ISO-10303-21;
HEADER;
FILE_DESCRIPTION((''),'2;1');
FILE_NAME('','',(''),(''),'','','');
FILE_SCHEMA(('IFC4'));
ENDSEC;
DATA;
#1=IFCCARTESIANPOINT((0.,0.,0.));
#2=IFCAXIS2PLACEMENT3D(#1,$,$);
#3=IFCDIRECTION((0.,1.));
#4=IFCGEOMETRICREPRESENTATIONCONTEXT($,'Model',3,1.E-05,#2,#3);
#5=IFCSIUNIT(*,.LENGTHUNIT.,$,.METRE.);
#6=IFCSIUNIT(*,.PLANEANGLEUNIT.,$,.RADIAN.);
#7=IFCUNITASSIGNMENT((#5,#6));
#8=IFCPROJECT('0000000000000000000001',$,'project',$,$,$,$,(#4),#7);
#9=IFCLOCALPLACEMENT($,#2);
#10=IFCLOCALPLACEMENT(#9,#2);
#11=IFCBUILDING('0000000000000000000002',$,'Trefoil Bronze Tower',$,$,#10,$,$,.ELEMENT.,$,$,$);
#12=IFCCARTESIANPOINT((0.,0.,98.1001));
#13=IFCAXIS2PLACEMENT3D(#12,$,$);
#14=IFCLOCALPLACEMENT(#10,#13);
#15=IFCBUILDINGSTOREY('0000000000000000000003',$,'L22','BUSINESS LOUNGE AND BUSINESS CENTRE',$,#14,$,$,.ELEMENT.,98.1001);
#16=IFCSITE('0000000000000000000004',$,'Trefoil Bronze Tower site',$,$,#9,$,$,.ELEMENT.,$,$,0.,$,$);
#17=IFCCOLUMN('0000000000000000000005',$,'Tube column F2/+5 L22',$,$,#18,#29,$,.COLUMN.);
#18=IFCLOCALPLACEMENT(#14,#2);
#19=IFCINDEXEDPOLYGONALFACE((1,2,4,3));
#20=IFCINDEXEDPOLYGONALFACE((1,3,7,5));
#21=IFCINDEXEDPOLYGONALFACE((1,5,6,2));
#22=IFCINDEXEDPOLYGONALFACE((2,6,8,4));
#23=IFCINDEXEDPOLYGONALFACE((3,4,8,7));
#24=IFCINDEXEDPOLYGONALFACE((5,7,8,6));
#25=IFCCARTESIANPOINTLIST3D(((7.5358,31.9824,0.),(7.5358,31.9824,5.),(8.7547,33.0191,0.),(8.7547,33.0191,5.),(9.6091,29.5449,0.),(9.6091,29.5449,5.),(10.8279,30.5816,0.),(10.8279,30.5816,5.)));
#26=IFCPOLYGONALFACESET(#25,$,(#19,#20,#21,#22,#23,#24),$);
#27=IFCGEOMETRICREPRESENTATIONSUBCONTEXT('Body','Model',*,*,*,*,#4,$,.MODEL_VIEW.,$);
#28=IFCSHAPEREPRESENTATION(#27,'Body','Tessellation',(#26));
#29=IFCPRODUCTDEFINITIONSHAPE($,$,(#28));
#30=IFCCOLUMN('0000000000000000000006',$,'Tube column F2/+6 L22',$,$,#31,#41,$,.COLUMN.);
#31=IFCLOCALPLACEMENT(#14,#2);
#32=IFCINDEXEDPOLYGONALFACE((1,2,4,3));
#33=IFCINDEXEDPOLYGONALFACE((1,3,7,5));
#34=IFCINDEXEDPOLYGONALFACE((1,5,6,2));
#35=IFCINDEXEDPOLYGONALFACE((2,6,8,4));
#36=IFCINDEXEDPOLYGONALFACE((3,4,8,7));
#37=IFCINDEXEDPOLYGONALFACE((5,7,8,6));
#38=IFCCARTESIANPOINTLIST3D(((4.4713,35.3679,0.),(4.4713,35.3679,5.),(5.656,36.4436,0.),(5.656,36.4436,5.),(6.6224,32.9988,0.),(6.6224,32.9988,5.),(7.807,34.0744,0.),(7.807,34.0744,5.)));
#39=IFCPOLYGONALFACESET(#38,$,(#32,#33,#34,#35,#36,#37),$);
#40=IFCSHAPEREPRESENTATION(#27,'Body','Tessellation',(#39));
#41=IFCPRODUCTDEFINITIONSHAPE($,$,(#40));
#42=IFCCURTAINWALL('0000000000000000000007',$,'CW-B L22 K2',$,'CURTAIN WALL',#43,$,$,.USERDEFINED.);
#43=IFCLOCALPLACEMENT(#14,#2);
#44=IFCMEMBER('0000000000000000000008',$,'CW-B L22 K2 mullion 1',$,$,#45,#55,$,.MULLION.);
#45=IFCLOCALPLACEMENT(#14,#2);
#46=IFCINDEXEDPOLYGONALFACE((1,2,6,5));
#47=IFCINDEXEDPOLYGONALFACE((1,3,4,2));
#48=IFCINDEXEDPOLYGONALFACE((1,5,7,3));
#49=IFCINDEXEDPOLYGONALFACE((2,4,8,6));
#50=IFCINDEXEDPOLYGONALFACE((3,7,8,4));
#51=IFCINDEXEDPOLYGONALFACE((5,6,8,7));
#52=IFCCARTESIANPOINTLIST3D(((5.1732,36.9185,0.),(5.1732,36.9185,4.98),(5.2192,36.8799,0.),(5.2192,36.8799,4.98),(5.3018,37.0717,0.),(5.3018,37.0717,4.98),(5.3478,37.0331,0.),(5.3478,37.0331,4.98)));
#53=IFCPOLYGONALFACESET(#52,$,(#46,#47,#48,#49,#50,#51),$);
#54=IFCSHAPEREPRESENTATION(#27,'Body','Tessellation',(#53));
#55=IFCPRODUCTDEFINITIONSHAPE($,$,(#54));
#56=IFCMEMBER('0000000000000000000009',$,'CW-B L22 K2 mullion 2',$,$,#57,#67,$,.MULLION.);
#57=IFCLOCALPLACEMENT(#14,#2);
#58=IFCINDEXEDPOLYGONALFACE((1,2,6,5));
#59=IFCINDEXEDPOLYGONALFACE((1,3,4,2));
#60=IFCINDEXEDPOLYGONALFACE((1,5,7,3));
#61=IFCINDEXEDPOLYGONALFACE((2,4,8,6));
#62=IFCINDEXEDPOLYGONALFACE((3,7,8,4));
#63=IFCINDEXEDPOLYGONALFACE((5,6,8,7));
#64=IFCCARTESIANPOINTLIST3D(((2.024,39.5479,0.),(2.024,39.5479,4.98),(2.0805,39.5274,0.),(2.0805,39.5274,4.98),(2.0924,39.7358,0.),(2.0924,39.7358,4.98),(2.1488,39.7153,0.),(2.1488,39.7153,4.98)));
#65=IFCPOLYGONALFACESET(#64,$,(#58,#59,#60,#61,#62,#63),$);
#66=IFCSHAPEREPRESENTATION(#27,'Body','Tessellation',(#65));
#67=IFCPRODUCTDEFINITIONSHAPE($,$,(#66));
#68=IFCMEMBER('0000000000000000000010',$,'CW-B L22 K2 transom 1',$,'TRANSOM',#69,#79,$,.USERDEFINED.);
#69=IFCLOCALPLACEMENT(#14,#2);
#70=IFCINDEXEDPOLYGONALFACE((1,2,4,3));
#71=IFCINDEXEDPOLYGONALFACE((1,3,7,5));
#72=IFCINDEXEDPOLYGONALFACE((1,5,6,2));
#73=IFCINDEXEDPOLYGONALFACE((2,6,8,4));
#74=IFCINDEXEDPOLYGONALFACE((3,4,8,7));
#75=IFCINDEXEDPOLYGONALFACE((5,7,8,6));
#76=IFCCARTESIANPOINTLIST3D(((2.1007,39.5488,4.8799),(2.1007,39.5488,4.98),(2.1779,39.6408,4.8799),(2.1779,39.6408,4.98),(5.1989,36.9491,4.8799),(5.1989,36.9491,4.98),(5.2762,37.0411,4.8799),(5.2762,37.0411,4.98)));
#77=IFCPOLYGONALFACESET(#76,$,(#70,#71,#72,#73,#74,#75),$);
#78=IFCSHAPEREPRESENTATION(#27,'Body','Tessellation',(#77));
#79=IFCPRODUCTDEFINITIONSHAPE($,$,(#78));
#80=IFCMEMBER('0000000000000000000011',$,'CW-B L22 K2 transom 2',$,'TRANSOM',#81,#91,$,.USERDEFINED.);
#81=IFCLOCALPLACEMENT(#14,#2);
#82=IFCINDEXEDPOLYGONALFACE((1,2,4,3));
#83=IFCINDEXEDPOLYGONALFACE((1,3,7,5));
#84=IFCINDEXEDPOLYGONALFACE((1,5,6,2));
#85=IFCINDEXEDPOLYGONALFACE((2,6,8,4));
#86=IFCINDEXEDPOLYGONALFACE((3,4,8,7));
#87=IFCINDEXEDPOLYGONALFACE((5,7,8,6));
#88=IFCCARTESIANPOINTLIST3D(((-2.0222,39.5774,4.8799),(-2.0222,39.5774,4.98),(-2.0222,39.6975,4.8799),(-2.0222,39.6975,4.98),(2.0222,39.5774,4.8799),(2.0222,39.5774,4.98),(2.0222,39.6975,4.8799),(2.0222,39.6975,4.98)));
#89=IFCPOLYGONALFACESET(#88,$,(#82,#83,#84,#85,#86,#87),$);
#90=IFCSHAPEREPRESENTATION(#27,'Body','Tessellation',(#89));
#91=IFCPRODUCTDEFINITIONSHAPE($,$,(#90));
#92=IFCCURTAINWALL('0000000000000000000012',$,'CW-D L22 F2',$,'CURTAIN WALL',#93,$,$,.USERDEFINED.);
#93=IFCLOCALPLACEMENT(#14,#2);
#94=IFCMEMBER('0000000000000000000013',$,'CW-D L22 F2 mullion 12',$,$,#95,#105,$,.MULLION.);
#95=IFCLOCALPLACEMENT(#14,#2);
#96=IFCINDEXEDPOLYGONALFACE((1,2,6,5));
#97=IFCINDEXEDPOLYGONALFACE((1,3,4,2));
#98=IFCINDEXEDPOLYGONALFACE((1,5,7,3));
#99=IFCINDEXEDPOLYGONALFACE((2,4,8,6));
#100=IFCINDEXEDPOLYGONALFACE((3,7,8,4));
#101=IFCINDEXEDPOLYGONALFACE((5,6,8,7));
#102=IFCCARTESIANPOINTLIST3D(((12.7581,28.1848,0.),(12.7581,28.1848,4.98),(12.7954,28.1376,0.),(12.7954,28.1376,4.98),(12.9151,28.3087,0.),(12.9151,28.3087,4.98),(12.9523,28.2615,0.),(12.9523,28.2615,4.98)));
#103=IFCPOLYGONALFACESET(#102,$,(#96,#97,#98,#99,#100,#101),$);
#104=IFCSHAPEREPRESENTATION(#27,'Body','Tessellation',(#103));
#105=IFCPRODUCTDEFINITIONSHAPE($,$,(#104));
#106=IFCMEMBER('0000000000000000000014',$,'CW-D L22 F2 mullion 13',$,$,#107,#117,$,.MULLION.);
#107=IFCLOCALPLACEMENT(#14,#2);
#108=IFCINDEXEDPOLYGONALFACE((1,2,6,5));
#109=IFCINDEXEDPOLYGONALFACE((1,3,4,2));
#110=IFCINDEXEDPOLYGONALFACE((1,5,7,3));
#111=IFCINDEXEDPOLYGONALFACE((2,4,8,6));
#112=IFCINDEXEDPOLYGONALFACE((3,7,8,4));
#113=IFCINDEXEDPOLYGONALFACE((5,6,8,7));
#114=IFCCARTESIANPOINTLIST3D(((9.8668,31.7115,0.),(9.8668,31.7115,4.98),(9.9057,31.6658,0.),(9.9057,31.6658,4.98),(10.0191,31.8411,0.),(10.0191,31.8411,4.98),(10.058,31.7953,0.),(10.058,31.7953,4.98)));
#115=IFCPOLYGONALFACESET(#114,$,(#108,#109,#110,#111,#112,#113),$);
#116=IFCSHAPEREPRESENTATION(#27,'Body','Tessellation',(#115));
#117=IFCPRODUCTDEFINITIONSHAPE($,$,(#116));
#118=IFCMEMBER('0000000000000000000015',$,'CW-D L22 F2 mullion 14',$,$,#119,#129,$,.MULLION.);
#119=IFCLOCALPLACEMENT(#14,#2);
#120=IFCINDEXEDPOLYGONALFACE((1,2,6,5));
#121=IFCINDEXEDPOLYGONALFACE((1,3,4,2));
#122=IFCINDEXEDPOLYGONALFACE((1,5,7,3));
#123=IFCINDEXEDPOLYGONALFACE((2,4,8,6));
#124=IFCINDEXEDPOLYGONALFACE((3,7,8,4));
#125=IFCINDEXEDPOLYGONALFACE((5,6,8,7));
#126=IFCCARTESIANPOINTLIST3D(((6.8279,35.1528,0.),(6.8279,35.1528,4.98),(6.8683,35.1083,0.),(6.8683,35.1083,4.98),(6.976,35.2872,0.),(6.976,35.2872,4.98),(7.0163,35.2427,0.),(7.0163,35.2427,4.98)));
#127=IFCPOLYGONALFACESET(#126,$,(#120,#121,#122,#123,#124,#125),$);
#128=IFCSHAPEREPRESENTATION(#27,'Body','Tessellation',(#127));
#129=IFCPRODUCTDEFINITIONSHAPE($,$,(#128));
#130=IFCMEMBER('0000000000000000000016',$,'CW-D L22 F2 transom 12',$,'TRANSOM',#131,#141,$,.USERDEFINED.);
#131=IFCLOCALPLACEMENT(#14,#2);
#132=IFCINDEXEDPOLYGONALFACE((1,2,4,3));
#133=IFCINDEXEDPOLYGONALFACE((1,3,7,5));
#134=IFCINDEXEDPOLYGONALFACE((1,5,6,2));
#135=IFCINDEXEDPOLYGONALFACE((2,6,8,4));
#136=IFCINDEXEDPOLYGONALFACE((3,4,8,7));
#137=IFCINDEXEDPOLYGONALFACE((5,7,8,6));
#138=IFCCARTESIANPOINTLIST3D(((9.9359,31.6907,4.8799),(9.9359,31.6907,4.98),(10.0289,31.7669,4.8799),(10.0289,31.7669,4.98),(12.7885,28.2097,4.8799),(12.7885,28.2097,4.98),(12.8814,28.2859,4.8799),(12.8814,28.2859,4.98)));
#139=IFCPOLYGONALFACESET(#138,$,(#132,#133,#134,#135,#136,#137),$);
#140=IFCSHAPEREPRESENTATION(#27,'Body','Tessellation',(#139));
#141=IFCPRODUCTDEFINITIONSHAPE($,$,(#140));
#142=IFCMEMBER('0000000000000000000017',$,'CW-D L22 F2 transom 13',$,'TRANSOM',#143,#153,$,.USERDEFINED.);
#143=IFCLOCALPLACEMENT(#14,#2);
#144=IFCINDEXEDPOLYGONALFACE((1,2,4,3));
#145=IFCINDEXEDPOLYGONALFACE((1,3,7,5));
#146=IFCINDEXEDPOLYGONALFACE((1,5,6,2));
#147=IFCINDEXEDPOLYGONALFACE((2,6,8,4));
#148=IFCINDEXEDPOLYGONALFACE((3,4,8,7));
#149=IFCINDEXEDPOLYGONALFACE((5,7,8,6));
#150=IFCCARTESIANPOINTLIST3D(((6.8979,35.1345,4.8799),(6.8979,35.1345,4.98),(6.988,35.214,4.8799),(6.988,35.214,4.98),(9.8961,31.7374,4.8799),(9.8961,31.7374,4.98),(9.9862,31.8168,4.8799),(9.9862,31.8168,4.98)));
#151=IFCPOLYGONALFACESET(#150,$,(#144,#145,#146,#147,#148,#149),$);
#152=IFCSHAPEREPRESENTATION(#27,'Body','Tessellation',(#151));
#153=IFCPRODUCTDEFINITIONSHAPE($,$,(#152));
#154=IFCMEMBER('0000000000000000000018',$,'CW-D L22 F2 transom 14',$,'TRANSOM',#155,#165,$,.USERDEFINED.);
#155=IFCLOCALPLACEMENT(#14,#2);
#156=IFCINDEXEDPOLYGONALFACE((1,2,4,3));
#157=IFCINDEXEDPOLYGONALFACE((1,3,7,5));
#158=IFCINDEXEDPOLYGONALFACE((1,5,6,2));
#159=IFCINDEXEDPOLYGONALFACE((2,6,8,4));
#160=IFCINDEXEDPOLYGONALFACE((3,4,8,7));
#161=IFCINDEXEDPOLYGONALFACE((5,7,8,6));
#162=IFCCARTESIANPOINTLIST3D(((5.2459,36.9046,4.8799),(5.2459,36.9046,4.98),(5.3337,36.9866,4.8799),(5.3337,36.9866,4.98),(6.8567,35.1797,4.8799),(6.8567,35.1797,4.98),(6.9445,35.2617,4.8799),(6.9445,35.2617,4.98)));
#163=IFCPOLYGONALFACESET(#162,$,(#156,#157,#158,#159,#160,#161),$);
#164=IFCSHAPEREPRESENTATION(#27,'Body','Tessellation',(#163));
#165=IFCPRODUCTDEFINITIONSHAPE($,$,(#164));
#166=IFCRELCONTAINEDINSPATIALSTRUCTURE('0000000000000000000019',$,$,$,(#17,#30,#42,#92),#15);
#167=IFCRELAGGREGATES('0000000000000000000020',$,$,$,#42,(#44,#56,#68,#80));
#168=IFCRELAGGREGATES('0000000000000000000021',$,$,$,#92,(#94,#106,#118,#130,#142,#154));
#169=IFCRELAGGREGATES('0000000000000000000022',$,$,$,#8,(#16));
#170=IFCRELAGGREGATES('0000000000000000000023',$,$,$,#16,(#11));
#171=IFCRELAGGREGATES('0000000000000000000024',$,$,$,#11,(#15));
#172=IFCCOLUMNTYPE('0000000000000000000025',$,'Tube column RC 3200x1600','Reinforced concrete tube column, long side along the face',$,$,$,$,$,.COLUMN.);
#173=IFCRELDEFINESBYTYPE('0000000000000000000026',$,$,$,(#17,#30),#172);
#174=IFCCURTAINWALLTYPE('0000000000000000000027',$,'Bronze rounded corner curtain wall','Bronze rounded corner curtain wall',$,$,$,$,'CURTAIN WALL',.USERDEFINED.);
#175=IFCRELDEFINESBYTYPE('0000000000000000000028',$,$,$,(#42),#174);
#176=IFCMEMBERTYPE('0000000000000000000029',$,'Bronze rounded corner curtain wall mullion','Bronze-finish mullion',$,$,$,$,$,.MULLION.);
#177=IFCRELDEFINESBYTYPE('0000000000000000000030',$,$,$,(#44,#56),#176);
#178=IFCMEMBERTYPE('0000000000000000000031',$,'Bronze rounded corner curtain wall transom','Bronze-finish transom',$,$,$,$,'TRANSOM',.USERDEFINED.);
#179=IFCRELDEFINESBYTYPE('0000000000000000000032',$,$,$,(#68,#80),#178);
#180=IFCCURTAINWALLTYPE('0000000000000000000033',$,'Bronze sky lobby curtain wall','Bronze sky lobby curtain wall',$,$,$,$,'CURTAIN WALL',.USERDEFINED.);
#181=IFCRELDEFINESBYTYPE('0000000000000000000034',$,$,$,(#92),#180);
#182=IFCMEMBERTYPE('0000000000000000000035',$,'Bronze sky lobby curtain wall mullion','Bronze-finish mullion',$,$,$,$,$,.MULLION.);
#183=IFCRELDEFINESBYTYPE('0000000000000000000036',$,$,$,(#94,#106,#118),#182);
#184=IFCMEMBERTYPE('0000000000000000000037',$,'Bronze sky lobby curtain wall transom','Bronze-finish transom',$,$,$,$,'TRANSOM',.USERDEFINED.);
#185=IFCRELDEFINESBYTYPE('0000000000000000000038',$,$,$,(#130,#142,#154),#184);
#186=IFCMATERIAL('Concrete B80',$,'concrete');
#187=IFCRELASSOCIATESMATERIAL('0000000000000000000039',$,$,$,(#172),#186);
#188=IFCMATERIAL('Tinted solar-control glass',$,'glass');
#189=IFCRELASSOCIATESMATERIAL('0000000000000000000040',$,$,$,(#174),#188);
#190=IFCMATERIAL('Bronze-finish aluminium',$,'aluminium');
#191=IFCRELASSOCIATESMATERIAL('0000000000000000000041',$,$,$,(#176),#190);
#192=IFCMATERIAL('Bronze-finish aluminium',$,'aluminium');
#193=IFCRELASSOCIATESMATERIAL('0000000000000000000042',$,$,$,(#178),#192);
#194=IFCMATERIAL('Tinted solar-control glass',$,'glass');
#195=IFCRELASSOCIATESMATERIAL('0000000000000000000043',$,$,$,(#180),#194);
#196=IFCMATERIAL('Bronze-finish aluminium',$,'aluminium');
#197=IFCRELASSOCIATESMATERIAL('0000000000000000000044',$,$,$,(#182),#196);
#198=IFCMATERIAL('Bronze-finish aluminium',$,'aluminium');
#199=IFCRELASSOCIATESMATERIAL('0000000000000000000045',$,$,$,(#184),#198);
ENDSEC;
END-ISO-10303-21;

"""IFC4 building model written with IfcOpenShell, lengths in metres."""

from ifc_helpers import new_model, si_unit, direction, frame, origin, origin_2d, place, context, subcontext, project, spatial, rectangle, extrude, material, material_profile, profile_set, type_object, element, aggregate, save


model = new_model("IFC4")

# Units and contexts
model_context = context("Model", 3, precision=1e-05, world=origin(), true_north=direction((0.0, 1.0)))
body_context = subcontext(model_context, "Body", "Model", "MODEL_VIEW")
ifc_project = project(units=[si_unit("LENGTHUNIT", "METRE"), si_unit("PLANEANGLEUNIT", "RADIAN")], contexts=[model_context])

# Site, building, storey
site_placement = place(None, origin())
site = spatial("IfcSite", under=ifc_project, at=site_placement, Name="Trefoil Bronze Tower site", CompositionType="ELEMENT", RefElevation=0.0)
building_placement = place(site_placement, origin())
building = spatial("IfcBuilding", under=site, at=building_placement, Name="Trefoil Bronze Tower", CompositionType="ELEMENT")
storey_placement = place(building_placement, frame((0.0, 0.0, 98.1001)))
storey = spatial("IfcBuildingStorey", under=building, at=storey_placement, Name="L22", Description="BUSINESS LOUNGE AND BUSINESS CENTRE", CompositionType="ELEMENT", Elevation=98.1001)

# Columns
ifc_material_1 = material(Name="Concrete B80", Category="concrete")
ifc_material_profile_1 = material_profile(ifc_material_1, rectangle(XDim=3.2, YDim=1.6001, at=origin_2d()), Name="RC 3200x1600")
ifc_profile_set_1 = profile_set([ifc_material_profile_1], Name="Concrete B80")
column_type = type_object("IfcColumnType", Name="Tube column RC 3200x1600", Description="Reinforced concrete tube column, long side along the face", PredefinedType="COLUMN", material=ifc_profile_set_1)
for number, where, z_axis, x_axis, name in (
    (1, (9.1819, 31.282, 0.0), (0.0, 0.0, 1.0), (-0.647904, 0.761722, 0.0), "Tube column F2/+5 L22"),
    (2, (6.1392, 34.7212, 0.0), (0.0, 0.0, 1.0), (-0.67221, 0.740361, 0.0), "Tube column F2/+6 L22"),
):
    element("IfcColumn", number, at=place(storey_placement, frame(where, z_axis=z_axis, x_axis=x_axis)), inside=storey, type_object=column_type, Name=name, PredefinedType="COLUMN", context=body_context, shape_type="SweptSolid", body=[
        extrude(rectangle(XDim=3.2, YDim=1.6001, at=origin_2d()), origin(), (0.0, 0.0, 1.0), 5.0),
    ])

# Curtain walls, members
ifc_material_2 = material(Name="Tinted solar-control glass", Category="glass")
curtain_wall_type_1 = type_object("IfcCurtainWallType", Name="Bronze rounded corner curtain wall", Description="Bronze rounded corner curtain wall", ElementType="CURTAIN WALL", PredefinedType="USERDEFINED", material=ifc_material_2)
curtain_wall_1_placement = place(storey_placement, origin())
curtain_wall_1 = element("IfcCurtainWall", 3, at=curtain_wall_1_placement, inside=storey, type_object=curtain_wall_type_1, Name="CW-B L22 K2", ObjectType="CURTAIN WALL", PredefinedType="USERDEFINED")
ifc_material_3 = material(Name="Bronze-finish aluminium", Category="aluminium")
ifc_material_profile_2 = material_profile(ifc_material_3, rectangle(XDim=0.2, YDim=0.0601, at=origin_2d()), Name="CW-B mullion")
ifc_profile_set_2 = profile_set([ifc_material_profile_2], Name="Bronze-finish aluminium")
member_type_1 = type_object("IfcMemberType", Name="Bronze rounded corner curtain wall mullion", Description="Bronze-finish mullion", PredefinedType="MULLION", material=ifc_profile_set_2)
member_1_placement = place(storey_placement, frame((5.2605, 36.9758, 0.0), z_axis=(0.0, 0.0, 1.0), x_axis=(-0.642788, -0.766044, 0.0)))
member_1 = element("IfcMember", 4, at=member_1_placement, type_object=member_type_1, Name="CW-B L22 K2 mullion 1", PredefinedType="MULLION", context=body_context, shape_type="SweptSolid", body=[
    extrude(rectangle(XDim=0.2, YDim=0.0601, at=origin_2d()), origin(), (0.0, 0.0, 1.0), 4.98),
])
member_2_placement = place(storey_placement, frame((2.0864, 39.6316, 0.0), z_axis=(0.0, 0.0, 1.0), x_axis=(-0.34202, -0.939693, 0.0)))
member_2 = element("IfcMember", 5, at=member_2_placement, type_object=member_type_1, Name="CW-B L22 K2 mullion 2", PredefinedType="MULLION", context=body_context, shape_type="SweptSolid", body=[
    extrude(rectangle(XDim=0.2, YDim=0.0601, at=origin_2d()), origin(), (0.0, 0.0, 1.0), 4.98),
])
ifc_material_4 = material(Name="Bronze-finish aluminium", Category="aluminium")
ifc_material_profile_3 = material_profile(ifc_material_4, rectangle(XDim=0.1201, YDim=0.1001, at=origin_2d()), Name="CW-B transom")
ifc_profile_set_3 = profile_set([ifc_material_profile_3], Name="Bronze-finish aluminium")
member_type_2 = type_object("IfcMemberType", Name="Bronze rounded corner curtain wall transom", Description="Bronze-finish transom", ElementType="TRANSOM", PredefinedType="USERDEFINED", material=ifc_profile_set_3)
member_3_placement = place(storey_placement, frame((5.2375, 36.9951, 4.9299), z_axis=(-0.76605, 0.642781, 0.0), x_axis=(-0.642781, -0.76605, 0.0)))
member_3 = element("IfcMember", 6, at=member_3_placement, type_object=member_type_2, Name="CW-B L22 K2 transom 1", ObjectType="TRANSOM", PredefinedType="USERDEFINED", context=body_context, shape_type="SweptSolid", body=[
    extrude(rectangle(XDim=0.1201, YDim=0.1001, at=origin_2d()), origin(), (0.0, 0.0, 1.0), 4.0444),
])
member_4_placement = place(storey_placement, frame((2.0222, 39.6375, 4.9299), z_axis=(-1.0, 0.0, 0.0), x_axis=(0.0, -1.0, 0.0)))
member_4 = element("IfcMember", 7, at=member_4_placement, type_object=member_type_2, Name="CW-B L22 K2 transom 2", ObjectType="TRANSOM", PredefinedType="USERDEFINED", context=body_context, shape_type="SweptSolid", body=[
    extrude(rectangle(XDim=0.1201, YDim=0.1001, at=origin_2d()), origin(), (0.0, 0.0, 1.0), 4.0444),
])
ifc_material_5 = material(Name="Tinted solar-control glass", Category="glass")
curtain_wall_type_2 = type_object("IfcCurtainWallType", Name="Bronze sky lobby curtain wall", Description="Bronze sky lobby curtain wall", ElementType="CURTAIN WALL", PredefinedType="USERDEFINED", material=ifc_material_5)
curtain_wall_2_placement = place(storey_placement, origin())
curtain_wall_2 = element("IfcCurtainWall", 8, at=curtain_wall_2_placement, inside=storey, type_object=curtain_wall_type_2, Name="CW-D L22 F2", ObjectType="CURTAIN WALL", PredefinedType="USERDEFINED")
ifc_material_6 = material(Name="Bronze-finish aluminium", Category="aluminium")
ifc_material_profile_4 = material_profile(ifc_material_6, rectangle(XDim=0.2, YDim=0.0601, at=origin_2d()), Name="CW-D mullion")
ifc_profile_set_4 = profile_set([ifc_material_profile_4], Name="Bronze-finish aluminium")
member_type_3 = type_object("IfcMemberType", Name="Bronze sky lobby curtain wall mullion", Description="Bronze-finish mullion", PredefinedType="MULLION", material=ifc_profile_set_4)
member_5_placement = place(storey_placement, frame((12.8552, 28.2231, 0.0), z_axis=(0.0, 0.0, 1.0), x_axis=(-0.784879, -0.619649, 0.0)))
member_5 = element("IfcMember", 9, at=member_5_placement, type_object=member_type_3, Name="CW-D L22 F2 mullion 12", PredefinedType="MULLION", context=body_context, shape_type="SweptSolid", body=[
    extrude(rectangle(XDim=0.2, YDim=0.0601, at=origin_2d()), origin(), (0.0, 0.0, 1.0), 4.98),
])
member_6_placement = place(storey_placement, frame((9.9624, 31.7534, 0.0), z_axis=(0.0, 0.0, 1.0), x_axis=(-0.761722, -0.647904, 0.0)))
member_6 = element("IfcMember", 10, at=member_6_placement, type_object=member_type_3, Name="CW-D L22 F2 mullion 13", PredefinedType="MULLION", context=body_context, shape_type="SweptSolid", body=[
    extrude(rectangle(XDim=0.2, YDim=0.0601, at=origin_2d()), origin(), (0.0, 0.0, 1.0), 4.98),
])
member_7_placement = place(storey_placement, frame((6.9221, 35.1978, 0.0), z_axis=(0.0, 0.0, 1.0), x_axis=(-0.740361, -0.67221, 0.0)))
member_7 = element("IfcMember", 11, at=member_7_placement, type_object=member_type_3, Name="CW-D L22 F2 mullion 14", PredefinedType="MULLION", context=body_context, shape_type="SweptSolid", body=[
    extrude(rectangle(XDim=0.2, YDim=0.0601, at=origin_2d()), origin(), (0.0, 0.0, 1.0), 4.98),
])
ifc_material_7 = material(Name="Bronze-finish aluminium", Category="aluminium")
ifc_material_profile_5 = material_profile(ifc_material_7, rectangle(XDim=0.1201, YDim=0.1001, at=origin_2d()), Name="CW-D transom")
ifc_profile_set_5 = profile_set([ifc_material_profile_5], Name="Bronze-finish aluminium")
member_type_4 = type_object("IfcMemberType", Name="Bronze sky lobby curtain wall transom", Description="Bronze-finish transom", ElementType="TRANSOM", PredefinedType="USERDEFINED", material=ifc_profile_set_5)
member_8_placement = place(storey_placement, frame((12.835, 28.2478, 4.9299), z_axis=(-0.633834, 0.773469, 0.0), x_axis=(-0.773469, -0.633834, 0.0)))
member_8 = element("IfcMember", 12, at=member_8_placement, type_object=member_type_4, Name="CW-D L22 F2 transom 12", ObjectType="TRANSOM", PredefinedType="USERDEFINED", context=body_context, shape_type="SweptSolid", body=[
    extrude(rectangle(XDim=0.1201, YDim=0.1001, at=origin_2d()), origin(), (0.0, 0.0, 1.0), 4.5005),
])
member_9_placement = place(storey_placement, frame((9.9412, 31.7771, 4.9299), z_axis=(-0.661714, 0.749756, 0.0), x_axis=(-0.749756, -0.661714, 0.0)))
member_9 = element("IfcMember", 13, at=member_9_placement, type_object=member_type_4, Name="CW-D L22 F2 transom 13", ObjectType="TRANSOM", PredefinedType="USERDEFINED", context=body_context, shape_type="SweptSolid", body=[
    extrude(rectangle(XDim=0.1201, YDim=0.1001, at=origin_2d()), origin(), (0.0, 0.0, 1.0), 4.531),
])
member_10_placement = place(storey_placement, frame((6.9006, 35.2207, 4.9299), z_axis=(-0.682539, 0.730849, 0.0), x_axis=(-0.730849, -0.682539, 0.0)))
member_10 = element("IfcMember", 14, at=member_10_placement, type_object=member_type_4, Name="CW-D L22 F2 transom 14", ObjectType="TRANSOM", PredefinedType="USERDEFINED", context=body_context, shape_type="SweptSolid", body=[
    extrude(rectangle(XDim=0.1201, YDim=0.1001, at=origin_2d()), origin(), (0.0, 0.0, 1.0), 2.3601),
])

aggregate(curtain_wall_1, [member_1, member_2, member_3, member_4])
aggregate(curtain_wall_2, [member_5, member_6, member_7, member_8, member_9, member_10])

save(model, "model.ifc")
